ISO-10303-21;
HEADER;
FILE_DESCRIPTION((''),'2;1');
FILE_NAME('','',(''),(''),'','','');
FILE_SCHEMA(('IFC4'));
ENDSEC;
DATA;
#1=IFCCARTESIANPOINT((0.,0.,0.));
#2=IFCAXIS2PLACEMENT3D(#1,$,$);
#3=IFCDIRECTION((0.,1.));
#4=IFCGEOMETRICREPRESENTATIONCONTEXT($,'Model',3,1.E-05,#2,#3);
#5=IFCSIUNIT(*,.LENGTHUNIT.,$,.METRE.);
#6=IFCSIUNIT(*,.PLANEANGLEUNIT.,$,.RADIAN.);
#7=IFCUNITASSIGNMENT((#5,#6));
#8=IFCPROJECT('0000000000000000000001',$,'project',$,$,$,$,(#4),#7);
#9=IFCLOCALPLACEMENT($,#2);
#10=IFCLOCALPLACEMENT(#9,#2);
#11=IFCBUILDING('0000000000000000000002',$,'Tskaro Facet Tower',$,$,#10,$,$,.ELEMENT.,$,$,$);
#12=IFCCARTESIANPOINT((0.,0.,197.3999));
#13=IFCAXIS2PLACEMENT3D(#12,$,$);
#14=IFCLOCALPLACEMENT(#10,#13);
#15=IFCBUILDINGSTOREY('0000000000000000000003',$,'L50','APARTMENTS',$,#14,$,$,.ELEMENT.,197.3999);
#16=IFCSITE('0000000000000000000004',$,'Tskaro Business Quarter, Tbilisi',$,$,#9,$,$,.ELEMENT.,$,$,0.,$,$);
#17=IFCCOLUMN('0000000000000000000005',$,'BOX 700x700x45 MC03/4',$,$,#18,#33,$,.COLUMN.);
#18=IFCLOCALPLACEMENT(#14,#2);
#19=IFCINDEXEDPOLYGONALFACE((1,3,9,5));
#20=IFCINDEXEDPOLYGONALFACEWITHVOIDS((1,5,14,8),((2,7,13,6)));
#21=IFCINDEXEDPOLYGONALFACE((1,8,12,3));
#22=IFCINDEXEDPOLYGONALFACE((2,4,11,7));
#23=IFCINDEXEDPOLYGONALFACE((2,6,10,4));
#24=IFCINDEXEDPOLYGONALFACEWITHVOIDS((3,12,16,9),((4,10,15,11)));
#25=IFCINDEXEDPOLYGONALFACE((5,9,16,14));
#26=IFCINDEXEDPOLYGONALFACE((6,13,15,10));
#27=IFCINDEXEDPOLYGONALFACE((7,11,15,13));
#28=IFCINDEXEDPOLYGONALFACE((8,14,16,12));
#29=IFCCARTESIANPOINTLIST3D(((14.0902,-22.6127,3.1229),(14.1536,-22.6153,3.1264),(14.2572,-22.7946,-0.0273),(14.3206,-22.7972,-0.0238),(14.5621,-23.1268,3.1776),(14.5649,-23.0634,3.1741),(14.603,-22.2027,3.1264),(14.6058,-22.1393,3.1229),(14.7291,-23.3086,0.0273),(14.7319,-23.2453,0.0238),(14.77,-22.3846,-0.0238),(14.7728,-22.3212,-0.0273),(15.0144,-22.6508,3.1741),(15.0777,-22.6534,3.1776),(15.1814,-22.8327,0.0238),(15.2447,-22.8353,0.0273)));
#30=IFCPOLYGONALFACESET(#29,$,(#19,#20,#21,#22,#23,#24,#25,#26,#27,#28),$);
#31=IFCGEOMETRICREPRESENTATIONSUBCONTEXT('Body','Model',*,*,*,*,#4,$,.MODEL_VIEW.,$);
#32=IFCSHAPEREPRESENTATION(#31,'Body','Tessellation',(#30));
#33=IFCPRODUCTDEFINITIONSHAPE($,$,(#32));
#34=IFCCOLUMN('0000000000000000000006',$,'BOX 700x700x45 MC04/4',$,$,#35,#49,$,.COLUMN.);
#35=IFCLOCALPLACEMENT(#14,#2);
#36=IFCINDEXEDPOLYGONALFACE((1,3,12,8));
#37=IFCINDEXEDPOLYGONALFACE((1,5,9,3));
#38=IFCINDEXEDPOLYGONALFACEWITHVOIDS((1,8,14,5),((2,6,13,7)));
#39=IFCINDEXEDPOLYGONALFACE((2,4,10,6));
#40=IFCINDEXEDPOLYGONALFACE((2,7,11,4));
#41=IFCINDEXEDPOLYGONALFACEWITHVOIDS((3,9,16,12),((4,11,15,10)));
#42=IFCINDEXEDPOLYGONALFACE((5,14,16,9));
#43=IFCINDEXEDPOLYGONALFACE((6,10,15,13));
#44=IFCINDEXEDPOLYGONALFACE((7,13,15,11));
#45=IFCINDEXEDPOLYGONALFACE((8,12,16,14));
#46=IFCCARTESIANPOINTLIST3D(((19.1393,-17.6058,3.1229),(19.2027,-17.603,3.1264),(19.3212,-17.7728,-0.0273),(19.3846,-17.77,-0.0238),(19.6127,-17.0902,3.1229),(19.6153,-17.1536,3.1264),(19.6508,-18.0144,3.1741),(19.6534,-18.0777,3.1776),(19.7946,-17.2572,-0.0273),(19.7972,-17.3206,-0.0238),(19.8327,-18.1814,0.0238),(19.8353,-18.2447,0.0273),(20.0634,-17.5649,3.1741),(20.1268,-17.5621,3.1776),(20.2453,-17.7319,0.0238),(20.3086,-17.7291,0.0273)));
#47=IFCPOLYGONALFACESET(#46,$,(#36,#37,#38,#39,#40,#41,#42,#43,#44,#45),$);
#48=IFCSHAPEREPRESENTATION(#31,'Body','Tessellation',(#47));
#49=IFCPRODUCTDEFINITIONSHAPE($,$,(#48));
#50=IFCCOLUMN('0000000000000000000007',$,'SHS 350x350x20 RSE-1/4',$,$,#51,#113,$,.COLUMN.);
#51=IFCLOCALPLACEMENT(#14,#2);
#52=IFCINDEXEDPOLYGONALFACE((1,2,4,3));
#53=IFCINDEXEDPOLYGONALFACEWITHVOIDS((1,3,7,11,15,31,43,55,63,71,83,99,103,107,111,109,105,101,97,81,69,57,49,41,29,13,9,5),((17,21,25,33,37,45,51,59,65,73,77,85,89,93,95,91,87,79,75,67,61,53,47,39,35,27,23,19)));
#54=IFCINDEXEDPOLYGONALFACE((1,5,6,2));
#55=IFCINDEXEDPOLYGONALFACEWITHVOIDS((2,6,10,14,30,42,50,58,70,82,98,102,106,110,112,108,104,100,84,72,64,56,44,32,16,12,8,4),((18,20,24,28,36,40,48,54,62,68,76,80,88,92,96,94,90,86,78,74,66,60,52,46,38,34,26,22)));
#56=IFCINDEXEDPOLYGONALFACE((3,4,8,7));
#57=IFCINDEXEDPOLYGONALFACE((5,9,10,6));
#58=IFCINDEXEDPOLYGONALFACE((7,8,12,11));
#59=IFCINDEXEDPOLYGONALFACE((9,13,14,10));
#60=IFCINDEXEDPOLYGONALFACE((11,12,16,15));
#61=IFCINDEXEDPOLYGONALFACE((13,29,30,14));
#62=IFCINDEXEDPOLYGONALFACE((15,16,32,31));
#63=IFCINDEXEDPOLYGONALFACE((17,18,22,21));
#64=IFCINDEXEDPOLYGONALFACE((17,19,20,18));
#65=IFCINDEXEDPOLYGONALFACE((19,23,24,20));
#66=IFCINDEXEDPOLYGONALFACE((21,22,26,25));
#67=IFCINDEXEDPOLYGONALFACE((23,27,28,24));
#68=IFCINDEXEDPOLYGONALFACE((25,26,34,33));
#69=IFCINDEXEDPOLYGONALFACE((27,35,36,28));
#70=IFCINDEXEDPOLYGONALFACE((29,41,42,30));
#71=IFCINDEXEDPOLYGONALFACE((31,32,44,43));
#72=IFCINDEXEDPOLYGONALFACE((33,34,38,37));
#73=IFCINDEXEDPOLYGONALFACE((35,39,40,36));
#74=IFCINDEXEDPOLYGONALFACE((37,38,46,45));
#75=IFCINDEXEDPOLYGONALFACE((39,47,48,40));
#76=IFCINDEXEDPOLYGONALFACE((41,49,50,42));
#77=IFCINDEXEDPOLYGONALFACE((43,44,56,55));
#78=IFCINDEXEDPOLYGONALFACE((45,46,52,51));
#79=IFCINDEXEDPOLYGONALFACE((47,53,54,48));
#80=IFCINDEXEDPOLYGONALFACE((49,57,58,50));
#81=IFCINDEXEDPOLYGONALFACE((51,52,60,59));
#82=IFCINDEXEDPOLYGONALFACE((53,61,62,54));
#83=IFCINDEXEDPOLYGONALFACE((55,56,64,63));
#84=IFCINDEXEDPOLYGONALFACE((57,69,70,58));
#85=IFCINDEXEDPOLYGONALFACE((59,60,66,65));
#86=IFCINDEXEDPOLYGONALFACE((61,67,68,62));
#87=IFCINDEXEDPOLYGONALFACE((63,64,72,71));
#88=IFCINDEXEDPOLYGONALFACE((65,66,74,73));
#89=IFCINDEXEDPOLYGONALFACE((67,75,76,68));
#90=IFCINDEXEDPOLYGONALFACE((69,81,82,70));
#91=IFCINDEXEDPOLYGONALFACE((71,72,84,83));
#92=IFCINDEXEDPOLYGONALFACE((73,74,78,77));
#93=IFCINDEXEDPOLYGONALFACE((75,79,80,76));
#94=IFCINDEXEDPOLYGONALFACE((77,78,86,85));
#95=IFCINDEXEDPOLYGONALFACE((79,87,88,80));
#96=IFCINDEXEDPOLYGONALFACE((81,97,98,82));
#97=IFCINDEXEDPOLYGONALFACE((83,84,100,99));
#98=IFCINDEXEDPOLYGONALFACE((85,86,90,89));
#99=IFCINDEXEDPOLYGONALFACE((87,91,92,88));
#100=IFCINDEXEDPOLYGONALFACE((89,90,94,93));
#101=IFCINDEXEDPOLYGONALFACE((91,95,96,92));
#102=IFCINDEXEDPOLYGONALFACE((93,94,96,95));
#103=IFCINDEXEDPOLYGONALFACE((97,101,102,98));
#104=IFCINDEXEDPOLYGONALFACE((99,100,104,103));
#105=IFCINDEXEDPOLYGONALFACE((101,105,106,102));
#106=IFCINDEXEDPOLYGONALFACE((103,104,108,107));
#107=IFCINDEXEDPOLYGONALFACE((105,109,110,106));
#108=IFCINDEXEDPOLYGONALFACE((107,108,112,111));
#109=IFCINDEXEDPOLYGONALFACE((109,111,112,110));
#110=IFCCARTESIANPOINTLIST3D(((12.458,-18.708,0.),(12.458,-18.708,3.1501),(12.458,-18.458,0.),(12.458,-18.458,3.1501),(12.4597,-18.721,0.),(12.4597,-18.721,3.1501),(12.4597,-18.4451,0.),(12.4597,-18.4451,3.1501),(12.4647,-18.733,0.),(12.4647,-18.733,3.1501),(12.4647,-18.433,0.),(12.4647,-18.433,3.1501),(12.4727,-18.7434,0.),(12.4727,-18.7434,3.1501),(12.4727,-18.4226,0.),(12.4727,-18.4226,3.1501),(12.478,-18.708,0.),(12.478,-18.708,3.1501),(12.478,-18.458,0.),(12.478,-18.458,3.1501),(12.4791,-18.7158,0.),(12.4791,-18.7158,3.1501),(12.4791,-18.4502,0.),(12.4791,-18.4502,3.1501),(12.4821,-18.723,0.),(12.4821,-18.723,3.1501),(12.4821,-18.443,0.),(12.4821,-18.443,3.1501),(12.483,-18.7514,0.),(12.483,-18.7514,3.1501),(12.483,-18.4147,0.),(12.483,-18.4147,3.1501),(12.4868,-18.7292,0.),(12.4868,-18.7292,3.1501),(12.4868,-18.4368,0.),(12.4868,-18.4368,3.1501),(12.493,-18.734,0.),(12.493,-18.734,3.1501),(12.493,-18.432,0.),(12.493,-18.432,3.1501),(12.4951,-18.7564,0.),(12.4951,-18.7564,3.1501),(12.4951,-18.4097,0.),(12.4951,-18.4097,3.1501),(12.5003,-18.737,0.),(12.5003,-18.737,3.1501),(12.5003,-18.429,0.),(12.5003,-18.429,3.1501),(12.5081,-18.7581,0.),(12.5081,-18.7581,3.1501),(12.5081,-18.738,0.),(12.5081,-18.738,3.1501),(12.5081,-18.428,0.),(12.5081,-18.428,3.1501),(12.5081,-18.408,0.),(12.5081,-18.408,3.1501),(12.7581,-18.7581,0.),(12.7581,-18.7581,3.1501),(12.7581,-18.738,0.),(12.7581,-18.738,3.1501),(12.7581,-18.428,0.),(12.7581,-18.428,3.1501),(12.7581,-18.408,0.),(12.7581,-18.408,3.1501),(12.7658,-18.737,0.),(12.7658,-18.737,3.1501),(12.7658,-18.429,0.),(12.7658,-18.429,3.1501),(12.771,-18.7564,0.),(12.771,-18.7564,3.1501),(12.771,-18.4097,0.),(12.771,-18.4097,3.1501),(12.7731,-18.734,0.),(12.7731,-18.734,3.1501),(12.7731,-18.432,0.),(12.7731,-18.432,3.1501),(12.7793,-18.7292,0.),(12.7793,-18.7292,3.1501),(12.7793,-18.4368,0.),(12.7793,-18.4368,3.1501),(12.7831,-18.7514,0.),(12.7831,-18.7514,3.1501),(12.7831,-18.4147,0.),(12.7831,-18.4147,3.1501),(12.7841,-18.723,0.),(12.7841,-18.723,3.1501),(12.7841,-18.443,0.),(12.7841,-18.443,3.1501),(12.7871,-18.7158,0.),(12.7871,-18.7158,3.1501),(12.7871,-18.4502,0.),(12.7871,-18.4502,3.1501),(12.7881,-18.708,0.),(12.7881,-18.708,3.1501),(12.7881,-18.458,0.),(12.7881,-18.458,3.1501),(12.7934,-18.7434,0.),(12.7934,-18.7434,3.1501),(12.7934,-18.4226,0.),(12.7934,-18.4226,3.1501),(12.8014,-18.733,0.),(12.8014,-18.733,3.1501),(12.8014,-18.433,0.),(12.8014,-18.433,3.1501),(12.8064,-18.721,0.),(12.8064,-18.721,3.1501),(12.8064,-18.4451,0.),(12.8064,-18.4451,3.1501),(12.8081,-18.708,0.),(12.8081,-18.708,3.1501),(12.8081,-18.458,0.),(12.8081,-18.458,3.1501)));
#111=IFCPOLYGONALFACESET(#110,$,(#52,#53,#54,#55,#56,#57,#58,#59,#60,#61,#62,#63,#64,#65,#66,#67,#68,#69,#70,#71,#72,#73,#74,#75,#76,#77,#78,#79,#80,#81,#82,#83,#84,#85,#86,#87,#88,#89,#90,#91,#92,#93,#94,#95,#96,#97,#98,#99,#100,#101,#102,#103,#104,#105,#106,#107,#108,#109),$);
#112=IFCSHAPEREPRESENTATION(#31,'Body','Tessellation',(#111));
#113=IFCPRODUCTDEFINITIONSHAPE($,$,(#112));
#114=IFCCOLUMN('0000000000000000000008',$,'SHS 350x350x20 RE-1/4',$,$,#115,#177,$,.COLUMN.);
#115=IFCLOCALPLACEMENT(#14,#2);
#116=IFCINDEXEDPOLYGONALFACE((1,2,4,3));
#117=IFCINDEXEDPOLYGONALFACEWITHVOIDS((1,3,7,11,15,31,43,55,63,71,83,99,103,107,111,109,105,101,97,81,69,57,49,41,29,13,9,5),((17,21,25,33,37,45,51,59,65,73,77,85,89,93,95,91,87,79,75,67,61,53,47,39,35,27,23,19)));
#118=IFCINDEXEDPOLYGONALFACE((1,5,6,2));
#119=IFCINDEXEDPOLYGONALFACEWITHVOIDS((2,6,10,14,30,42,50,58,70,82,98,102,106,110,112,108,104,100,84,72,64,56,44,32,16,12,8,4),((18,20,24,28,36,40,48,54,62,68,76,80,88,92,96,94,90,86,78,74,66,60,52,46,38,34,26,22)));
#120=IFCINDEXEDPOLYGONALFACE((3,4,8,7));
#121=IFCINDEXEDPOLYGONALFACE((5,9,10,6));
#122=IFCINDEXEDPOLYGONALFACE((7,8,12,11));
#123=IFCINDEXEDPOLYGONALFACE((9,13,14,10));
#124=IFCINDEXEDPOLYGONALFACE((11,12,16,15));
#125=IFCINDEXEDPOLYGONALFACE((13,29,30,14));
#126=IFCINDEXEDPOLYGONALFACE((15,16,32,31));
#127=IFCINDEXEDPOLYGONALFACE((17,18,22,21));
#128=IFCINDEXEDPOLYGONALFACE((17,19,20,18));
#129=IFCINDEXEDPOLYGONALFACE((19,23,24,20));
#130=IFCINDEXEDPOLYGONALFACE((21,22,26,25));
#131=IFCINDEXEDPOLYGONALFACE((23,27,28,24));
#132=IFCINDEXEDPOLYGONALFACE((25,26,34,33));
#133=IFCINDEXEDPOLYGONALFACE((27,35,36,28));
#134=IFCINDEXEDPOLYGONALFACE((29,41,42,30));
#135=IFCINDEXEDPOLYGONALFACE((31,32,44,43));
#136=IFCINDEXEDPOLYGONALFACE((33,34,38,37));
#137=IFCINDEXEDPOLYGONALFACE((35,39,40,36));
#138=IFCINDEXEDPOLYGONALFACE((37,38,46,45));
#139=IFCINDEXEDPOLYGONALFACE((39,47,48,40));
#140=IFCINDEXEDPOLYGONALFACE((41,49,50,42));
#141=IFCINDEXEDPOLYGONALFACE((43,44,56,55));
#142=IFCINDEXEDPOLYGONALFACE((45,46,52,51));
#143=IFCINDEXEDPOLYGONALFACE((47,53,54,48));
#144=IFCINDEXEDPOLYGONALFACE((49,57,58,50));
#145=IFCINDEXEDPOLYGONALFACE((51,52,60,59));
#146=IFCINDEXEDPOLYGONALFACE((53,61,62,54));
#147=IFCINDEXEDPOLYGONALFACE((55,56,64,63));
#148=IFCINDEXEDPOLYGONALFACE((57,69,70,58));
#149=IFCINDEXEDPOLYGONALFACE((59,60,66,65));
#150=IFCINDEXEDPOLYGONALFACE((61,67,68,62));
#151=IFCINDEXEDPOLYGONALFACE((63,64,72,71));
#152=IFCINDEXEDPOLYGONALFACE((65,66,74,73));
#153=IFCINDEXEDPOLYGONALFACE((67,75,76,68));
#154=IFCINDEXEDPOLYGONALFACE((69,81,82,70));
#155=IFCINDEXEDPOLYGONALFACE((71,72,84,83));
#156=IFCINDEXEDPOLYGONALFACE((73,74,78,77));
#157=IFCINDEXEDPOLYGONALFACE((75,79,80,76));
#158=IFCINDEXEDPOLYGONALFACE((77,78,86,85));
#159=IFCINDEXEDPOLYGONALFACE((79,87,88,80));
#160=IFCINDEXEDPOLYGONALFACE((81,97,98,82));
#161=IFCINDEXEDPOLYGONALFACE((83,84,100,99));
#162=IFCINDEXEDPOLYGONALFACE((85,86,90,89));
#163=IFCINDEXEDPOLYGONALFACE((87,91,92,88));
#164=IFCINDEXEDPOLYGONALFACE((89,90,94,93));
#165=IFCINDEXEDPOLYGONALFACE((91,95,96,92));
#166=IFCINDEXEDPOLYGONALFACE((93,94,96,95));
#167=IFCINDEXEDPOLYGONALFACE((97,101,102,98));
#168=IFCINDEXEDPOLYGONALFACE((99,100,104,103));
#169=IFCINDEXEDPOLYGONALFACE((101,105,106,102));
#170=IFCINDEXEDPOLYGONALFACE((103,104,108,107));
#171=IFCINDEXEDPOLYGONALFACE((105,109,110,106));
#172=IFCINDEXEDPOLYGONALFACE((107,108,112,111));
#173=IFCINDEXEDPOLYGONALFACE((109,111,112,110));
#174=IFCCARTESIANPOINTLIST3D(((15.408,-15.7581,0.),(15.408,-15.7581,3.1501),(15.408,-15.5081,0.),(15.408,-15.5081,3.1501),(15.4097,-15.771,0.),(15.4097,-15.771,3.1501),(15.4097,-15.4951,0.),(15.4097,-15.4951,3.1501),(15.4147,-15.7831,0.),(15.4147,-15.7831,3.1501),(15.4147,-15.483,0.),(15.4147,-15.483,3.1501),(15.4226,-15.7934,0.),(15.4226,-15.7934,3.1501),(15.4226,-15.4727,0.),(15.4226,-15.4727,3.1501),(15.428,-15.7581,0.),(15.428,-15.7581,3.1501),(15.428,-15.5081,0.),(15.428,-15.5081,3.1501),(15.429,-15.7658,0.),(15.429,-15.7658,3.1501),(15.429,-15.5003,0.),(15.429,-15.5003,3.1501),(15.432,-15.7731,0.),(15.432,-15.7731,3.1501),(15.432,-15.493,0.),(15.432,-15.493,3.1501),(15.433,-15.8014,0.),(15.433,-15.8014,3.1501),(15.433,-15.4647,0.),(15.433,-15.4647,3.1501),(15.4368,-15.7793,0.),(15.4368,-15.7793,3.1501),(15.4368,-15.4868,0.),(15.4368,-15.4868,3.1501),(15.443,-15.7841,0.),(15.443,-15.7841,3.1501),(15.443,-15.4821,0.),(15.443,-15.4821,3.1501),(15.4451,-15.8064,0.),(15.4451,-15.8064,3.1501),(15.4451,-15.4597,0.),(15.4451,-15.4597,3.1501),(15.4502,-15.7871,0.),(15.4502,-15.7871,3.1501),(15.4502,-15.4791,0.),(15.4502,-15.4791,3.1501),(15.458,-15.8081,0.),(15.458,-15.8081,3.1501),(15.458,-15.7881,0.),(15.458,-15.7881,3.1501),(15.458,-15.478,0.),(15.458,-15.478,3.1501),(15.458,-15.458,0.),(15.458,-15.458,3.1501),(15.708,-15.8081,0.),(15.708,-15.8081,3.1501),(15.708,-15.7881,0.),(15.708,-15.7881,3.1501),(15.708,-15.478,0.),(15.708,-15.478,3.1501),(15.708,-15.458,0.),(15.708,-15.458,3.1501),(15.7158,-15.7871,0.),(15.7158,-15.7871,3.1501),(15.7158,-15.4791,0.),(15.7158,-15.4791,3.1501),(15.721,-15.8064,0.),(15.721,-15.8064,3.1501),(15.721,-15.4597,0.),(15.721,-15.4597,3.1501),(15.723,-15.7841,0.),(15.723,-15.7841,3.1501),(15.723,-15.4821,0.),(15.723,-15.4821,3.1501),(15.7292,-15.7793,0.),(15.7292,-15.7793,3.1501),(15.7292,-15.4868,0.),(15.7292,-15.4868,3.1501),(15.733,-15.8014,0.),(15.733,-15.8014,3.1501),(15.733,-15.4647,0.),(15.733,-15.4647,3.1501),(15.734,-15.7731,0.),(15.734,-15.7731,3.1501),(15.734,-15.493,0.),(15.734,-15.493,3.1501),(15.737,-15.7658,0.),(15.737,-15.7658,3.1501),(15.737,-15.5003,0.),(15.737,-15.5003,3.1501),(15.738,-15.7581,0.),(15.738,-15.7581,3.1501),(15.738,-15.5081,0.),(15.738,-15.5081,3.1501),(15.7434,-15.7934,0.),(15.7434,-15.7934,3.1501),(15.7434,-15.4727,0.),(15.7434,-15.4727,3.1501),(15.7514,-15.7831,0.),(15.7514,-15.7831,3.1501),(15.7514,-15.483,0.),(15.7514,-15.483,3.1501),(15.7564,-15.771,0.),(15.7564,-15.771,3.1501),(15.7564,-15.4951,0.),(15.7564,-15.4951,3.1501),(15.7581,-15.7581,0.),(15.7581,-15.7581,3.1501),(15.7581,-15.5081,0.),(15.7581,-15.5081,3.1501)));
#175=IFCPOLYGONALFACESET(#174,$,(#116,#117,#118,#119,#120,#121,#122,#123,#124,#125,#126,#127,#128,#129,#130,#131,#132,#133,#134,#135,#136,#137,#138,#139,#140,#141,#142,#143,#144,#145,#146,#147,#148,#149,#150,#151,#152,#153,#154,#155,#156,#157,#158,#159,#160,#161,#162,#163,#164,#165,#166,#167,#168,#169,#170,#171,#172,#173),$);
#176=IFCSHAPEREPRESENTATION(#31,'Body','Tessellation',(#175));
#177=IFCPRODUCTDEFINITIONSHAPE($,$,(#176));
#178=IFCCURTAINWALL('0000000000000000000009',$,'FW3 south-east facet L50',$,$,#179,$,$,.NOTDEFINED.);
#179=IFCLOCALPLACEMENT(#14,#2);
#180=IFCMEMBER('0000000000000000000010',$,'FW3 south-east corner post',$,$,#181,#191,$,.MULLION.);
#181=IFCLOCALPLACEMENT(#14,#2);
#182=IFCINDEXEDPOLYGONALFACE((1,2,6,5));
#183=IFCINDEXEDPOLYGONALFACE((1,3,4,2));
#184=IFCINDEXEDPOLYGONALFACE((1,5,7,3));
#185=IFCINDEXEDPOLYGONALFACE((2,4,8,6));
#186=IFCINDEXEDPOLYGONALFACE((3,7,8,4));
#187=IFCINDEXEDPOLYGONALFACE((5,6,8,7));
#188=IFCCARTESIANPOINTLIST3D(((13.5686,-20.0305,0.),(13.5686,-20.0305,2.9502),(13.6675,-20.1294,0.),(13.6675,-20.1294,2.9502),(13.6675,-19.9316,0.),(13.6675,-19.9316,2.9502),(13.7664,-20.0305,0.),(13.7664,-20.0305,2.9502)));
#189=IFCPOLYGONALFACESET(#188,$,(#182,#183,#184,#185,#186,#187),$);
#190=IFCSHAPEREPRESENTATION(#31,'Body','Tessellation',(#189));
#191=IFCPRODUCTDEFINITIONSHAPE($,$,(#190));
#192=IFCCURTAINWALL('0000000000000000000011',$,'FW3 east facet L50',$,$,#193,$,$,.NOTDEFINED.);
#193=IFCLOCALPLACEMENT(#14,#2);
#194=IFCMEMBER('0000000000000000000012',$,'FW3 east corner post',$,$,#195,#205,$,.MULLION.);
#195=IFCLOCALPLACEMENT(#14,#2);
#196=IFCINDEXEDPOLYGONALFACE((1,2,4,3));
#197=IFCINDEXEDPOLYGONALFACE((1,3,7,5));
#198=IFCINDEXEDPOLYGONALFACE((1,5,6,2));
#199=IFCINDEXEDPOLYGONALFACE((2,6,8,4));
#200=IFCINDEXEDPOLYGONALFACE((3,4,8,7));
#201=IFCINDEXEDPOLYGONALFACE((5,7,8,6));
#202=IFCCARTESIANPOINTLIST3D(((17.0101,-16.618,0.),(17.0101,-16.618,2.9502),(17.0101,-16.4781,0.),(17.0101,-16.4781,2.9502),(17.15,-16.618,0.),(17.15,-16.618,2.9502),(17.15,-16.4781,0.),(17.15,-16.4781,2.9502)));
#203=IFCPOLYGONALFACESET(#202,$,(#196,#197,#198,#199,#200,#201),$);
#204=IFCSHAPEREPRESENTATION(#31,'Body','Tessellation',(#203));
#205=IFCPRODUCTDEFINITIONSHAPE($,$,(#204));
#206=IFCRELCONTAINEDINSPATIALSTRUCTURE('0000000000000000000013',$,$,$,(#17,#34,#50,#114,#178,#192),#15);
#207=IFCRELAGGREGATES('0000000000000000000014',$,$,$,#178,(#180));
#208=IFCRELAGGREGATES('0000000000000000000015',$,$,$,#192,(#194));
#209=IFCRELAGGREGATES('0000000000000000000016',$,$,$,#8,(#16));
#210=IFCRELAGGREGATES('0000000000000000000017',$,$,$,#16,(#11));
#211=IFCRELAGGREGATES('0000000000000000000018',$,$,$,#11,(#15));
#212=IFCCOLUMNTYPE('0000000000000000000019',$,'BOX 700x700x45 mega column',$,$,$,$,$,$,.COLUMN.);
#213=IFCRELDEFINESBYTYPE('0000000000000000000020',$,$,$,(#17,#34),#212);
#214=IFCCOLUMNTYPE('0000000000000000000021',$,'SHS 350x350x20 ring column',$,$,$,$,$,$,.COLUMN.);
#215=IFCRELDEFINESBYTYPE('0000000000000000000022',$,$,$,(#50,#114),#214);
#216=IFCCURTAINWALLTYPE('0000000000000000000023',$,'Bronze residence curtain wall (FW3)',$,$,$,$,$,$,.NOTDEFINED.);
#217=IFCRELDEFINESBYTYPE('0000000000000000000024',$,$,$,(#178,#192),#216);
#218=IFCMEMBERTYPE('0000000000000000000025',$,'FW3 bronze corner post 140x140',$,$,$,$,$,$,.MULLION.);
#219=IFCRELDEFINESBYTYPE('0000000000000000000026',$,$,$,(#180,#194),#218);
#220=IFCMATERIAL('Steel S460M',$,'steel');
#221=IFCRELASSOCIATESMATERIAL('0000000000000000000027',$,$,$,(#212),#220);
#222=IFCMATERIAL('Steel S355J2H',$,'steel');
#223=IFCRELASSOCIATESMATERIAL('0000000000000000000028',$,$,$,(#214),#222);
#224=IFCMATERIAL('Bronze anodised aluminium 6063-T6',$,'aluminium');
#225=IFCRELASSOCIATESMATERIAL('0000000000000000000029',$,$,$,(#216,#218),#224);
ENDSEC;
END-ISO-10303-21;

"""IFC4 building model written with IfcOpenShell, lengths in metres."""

from ifc_helpers import new_model, si_unit, direction, frame, origin, origin_2d, place, context, subcontext, project, spatial, rectangle, hollow_rectangle, extrude, material, material_profile, profile_set, type_object, element, aggregate, save


model = new_model("IFC4")

# Units and contexts
model_context = context("Model", 3, precision=1e-05, world=origin(), true_north=direction((0.0, 1.0)))
body_context = subcontext(model_context, "Body", "Model", "MODEL_VIEW")
ifc_project = project(units=[si_unit("LENGTHUNIT", "METRE"), si_unit("PLANEANGLEUNIT", "RADIAN")], contexts=[model_context])

# Site, building, storey
site_placement = place(None, origin())
site = spatial("IfcSite", under=ifc_project, at=site_placement, Name="Tskaro Business Quarter, Tbilisi", CompositionType="ELEMENT", RefElevation=0.0)
building_placement = place(site_placement, origin())
building = spatial("IfcBuilding", under=site, at=building_placement, Name="Tskaro Facet Tower", CompositionType="ELEMENT")
storey_placement = place(building_placement, frame((0.0, 0.0, 197.3999)))
storey = spatial("IfcBuildingStorey", under=building, at=storey_placement, Name="L50", Description="APARTMENTS", CompositionType="ELEMENT", Elevation=197.3999)

# Columns
ifc_material_1 = material(Name="Steel S460M", Category="steel")
ifc_material_profile_1 = material_profile(ifc_material_1, hollow_rectangle(XDim=0.7, YDim=0.7, WallThickness=0.0449, at=origin_2d()), Name="BOX 700x700x45")
ifc_profile_set_1 = profile_set([ifc_material_profile_1], Name="Steel S460M")
column_type_1 = type_object("IfcColumnType", Name="BOX 700x700x45 mega column", PredefinedType="COLUMN", material=ifc_profile_set_1)
for number, where, z_axis, x_axis, name in (
    (1, (14.751, -22.8149, 0.0), (-0.052849, 0.057562, 0.996942), (-0.73662, -0.676306, 0.0), "BOX 700x700x45 MC03/4"),
    (2, (19.8149, -17.751, 0.0), (-0.057562, 0.052849, 0.996942), (-0.676306, -0.73662, 0.0), "BOX 700x700x45 MC04/4"),
):
    element("IfcColumn", number, at=place(storey_placement, frame(where, z_axis=z_axis, x_axis=x_axis)), inside=storey, type_object=column_type_1, Name=name, PredefinedType="COLUMN", context=body_context, shape_type="SweptSolid", body=[
        extrude(hollow_rectangle(XDim=0.7, YDim=0.7, WallThickness=0.0449, at=origin_2d()), origin(), (0.0, 0.0, 1.0), 3.1599),
    ])
ifc_material_2 = material(Name="Steel S355J2H", Category="steel")
ifc_material_profile_2 = material_profile(ifc_material_2, hollow_rectangle(XDim=0.3501, YDim=0.3501, WallThickness=0.02, InnerFilletRadius=0.03, OuterFilletRadius=0.05, at=origin_2d()), Name="SHS 350x350x20")
ifc_profile_set_2 = profile_set([ifc_material_profile_2], Name="Steel S355J2H")
column_type_2 = type_object("IfcColumnType", Name="SHS 350x350x20 ring column", PredefinedType="COLUMN", material=ifc_profile_set_2)
for number, where, z_axis, x_axis, name in (
    (3, (12.6331, -18.583, 0.0), (0.0, 0.0, 1.0), (1.0, 0.0, 0.0), "SHS 350x350x20 RSE-1/4"),
    (4, (15.583, -15.6331, 0.0), (0.0, 0.0, 1.0), (1.0, 0.0, 0.0), "SHS 350x350x20 RE-1/4"),
):
    element("IfcColumn", number, at=place(storey_placement, frame(where, z_axis=z_axis, x_axis=x_axis)), inside=storey, type_object=column_type_2, Name=name, PredefinedType="COLUMN", context=body_context, shape_type="SweptSolid", body=[
        extrude(hollow_rectangle(XDim=0.3501, YDim=0.3501, WallThickness=0.02, InnerFilletRadius=0.03, OuterFilletRadius=0.05, at=origin_2d()), origin(), (0.0, 0.0, 1.0), 3.1501),
    ])

# Curtain walls, members
ifc_material_3 = material(Name="Bronze anodised aluminium 6063-T6", Category="aluminium")
curtain_wall_type = type_object("IfcCurtainWallType", Name="Bronze residence curtain wall (FW3)", PredefinedType="NOTDEFINED", material=ifc_material_3)
curtain_wall_1_placement = place(storey_placement, origin())
curtain_wall_1 = element("IfcCurtainWall", 5, at=curtain_wall_1_placement, inside=storey, type_object=curtain_wall_type, Name="FW3 south-east facet L50", PredefinedType="NOTDEFINED")
ifc_material_profile_3 = material_profile(ifc_material_3, rectangle(XDim=0.1399, YDim=0.1399, at=origin_2d()), Name="Corner post 140x140")
ifc_profile_set_3 = profile_set([ifc_material_profile_3], Name="Bronze anodised aluminium 6063-T6")
member_type_1 = type_object("IfcMemberType", Name="FW3 bronze corner post 140x140", PredefinedType="MULLION", material=ifc_profile_set_3)
member_1_placement = place(storey_placement, frame((13.6675, -20.0305, 0.0), z_axis=(0.0, 0.0, 1.0), x_axis=(0.707107, 0.707107, 0.0)))
member_1 = element("IfcMember", 6, at=member_1_placement, type_object=member_type_1, Name="FW3 south-east corner post", PredefinedType="MULLION", context=body_context, shape_type="SweptSolid", body=[
    extrude(rectangle(XDim=0.1399, YDim=0.1399, at=origin_2d()), origin(), (0.0, 0.0, 1.0), 2.9502),
])
curtain_wall_2_placement = place(storey_placement, origin())
curtain_wall_2 = element("IfcCurtainWall", 7, at=curtain_wall_2_placement, inside=storey, type_object=curtain_wall_type, Name="FW3 east facet L50", PredefinedType="NOTDEFINED")
member_2_placement = place(storey_placement, frame((17.0801, -16.5481, 0.0), z_axis=(0.0, 0.0, 1.0), x_axis=(0.0, 1.0, 0.0)))
member_2 = element("IfcMember", 8, at=member_2_placement, type_object=member_type_1, Name="FW3 east corner post", PredefinedType="MULLION", context=body_context, shape_type="SweptSolid", body=[
    extrude(rectangle(XDim=0.1399, YDim=0.1399, at=origin_2d()), origin(), (0.0, 0.0, 1.0), 2.9502),
])

aggregate(curtain_wall_1, [member_1])
aggregate(curtain_wall_2, [member_2])

save(model, "model.ifc")
